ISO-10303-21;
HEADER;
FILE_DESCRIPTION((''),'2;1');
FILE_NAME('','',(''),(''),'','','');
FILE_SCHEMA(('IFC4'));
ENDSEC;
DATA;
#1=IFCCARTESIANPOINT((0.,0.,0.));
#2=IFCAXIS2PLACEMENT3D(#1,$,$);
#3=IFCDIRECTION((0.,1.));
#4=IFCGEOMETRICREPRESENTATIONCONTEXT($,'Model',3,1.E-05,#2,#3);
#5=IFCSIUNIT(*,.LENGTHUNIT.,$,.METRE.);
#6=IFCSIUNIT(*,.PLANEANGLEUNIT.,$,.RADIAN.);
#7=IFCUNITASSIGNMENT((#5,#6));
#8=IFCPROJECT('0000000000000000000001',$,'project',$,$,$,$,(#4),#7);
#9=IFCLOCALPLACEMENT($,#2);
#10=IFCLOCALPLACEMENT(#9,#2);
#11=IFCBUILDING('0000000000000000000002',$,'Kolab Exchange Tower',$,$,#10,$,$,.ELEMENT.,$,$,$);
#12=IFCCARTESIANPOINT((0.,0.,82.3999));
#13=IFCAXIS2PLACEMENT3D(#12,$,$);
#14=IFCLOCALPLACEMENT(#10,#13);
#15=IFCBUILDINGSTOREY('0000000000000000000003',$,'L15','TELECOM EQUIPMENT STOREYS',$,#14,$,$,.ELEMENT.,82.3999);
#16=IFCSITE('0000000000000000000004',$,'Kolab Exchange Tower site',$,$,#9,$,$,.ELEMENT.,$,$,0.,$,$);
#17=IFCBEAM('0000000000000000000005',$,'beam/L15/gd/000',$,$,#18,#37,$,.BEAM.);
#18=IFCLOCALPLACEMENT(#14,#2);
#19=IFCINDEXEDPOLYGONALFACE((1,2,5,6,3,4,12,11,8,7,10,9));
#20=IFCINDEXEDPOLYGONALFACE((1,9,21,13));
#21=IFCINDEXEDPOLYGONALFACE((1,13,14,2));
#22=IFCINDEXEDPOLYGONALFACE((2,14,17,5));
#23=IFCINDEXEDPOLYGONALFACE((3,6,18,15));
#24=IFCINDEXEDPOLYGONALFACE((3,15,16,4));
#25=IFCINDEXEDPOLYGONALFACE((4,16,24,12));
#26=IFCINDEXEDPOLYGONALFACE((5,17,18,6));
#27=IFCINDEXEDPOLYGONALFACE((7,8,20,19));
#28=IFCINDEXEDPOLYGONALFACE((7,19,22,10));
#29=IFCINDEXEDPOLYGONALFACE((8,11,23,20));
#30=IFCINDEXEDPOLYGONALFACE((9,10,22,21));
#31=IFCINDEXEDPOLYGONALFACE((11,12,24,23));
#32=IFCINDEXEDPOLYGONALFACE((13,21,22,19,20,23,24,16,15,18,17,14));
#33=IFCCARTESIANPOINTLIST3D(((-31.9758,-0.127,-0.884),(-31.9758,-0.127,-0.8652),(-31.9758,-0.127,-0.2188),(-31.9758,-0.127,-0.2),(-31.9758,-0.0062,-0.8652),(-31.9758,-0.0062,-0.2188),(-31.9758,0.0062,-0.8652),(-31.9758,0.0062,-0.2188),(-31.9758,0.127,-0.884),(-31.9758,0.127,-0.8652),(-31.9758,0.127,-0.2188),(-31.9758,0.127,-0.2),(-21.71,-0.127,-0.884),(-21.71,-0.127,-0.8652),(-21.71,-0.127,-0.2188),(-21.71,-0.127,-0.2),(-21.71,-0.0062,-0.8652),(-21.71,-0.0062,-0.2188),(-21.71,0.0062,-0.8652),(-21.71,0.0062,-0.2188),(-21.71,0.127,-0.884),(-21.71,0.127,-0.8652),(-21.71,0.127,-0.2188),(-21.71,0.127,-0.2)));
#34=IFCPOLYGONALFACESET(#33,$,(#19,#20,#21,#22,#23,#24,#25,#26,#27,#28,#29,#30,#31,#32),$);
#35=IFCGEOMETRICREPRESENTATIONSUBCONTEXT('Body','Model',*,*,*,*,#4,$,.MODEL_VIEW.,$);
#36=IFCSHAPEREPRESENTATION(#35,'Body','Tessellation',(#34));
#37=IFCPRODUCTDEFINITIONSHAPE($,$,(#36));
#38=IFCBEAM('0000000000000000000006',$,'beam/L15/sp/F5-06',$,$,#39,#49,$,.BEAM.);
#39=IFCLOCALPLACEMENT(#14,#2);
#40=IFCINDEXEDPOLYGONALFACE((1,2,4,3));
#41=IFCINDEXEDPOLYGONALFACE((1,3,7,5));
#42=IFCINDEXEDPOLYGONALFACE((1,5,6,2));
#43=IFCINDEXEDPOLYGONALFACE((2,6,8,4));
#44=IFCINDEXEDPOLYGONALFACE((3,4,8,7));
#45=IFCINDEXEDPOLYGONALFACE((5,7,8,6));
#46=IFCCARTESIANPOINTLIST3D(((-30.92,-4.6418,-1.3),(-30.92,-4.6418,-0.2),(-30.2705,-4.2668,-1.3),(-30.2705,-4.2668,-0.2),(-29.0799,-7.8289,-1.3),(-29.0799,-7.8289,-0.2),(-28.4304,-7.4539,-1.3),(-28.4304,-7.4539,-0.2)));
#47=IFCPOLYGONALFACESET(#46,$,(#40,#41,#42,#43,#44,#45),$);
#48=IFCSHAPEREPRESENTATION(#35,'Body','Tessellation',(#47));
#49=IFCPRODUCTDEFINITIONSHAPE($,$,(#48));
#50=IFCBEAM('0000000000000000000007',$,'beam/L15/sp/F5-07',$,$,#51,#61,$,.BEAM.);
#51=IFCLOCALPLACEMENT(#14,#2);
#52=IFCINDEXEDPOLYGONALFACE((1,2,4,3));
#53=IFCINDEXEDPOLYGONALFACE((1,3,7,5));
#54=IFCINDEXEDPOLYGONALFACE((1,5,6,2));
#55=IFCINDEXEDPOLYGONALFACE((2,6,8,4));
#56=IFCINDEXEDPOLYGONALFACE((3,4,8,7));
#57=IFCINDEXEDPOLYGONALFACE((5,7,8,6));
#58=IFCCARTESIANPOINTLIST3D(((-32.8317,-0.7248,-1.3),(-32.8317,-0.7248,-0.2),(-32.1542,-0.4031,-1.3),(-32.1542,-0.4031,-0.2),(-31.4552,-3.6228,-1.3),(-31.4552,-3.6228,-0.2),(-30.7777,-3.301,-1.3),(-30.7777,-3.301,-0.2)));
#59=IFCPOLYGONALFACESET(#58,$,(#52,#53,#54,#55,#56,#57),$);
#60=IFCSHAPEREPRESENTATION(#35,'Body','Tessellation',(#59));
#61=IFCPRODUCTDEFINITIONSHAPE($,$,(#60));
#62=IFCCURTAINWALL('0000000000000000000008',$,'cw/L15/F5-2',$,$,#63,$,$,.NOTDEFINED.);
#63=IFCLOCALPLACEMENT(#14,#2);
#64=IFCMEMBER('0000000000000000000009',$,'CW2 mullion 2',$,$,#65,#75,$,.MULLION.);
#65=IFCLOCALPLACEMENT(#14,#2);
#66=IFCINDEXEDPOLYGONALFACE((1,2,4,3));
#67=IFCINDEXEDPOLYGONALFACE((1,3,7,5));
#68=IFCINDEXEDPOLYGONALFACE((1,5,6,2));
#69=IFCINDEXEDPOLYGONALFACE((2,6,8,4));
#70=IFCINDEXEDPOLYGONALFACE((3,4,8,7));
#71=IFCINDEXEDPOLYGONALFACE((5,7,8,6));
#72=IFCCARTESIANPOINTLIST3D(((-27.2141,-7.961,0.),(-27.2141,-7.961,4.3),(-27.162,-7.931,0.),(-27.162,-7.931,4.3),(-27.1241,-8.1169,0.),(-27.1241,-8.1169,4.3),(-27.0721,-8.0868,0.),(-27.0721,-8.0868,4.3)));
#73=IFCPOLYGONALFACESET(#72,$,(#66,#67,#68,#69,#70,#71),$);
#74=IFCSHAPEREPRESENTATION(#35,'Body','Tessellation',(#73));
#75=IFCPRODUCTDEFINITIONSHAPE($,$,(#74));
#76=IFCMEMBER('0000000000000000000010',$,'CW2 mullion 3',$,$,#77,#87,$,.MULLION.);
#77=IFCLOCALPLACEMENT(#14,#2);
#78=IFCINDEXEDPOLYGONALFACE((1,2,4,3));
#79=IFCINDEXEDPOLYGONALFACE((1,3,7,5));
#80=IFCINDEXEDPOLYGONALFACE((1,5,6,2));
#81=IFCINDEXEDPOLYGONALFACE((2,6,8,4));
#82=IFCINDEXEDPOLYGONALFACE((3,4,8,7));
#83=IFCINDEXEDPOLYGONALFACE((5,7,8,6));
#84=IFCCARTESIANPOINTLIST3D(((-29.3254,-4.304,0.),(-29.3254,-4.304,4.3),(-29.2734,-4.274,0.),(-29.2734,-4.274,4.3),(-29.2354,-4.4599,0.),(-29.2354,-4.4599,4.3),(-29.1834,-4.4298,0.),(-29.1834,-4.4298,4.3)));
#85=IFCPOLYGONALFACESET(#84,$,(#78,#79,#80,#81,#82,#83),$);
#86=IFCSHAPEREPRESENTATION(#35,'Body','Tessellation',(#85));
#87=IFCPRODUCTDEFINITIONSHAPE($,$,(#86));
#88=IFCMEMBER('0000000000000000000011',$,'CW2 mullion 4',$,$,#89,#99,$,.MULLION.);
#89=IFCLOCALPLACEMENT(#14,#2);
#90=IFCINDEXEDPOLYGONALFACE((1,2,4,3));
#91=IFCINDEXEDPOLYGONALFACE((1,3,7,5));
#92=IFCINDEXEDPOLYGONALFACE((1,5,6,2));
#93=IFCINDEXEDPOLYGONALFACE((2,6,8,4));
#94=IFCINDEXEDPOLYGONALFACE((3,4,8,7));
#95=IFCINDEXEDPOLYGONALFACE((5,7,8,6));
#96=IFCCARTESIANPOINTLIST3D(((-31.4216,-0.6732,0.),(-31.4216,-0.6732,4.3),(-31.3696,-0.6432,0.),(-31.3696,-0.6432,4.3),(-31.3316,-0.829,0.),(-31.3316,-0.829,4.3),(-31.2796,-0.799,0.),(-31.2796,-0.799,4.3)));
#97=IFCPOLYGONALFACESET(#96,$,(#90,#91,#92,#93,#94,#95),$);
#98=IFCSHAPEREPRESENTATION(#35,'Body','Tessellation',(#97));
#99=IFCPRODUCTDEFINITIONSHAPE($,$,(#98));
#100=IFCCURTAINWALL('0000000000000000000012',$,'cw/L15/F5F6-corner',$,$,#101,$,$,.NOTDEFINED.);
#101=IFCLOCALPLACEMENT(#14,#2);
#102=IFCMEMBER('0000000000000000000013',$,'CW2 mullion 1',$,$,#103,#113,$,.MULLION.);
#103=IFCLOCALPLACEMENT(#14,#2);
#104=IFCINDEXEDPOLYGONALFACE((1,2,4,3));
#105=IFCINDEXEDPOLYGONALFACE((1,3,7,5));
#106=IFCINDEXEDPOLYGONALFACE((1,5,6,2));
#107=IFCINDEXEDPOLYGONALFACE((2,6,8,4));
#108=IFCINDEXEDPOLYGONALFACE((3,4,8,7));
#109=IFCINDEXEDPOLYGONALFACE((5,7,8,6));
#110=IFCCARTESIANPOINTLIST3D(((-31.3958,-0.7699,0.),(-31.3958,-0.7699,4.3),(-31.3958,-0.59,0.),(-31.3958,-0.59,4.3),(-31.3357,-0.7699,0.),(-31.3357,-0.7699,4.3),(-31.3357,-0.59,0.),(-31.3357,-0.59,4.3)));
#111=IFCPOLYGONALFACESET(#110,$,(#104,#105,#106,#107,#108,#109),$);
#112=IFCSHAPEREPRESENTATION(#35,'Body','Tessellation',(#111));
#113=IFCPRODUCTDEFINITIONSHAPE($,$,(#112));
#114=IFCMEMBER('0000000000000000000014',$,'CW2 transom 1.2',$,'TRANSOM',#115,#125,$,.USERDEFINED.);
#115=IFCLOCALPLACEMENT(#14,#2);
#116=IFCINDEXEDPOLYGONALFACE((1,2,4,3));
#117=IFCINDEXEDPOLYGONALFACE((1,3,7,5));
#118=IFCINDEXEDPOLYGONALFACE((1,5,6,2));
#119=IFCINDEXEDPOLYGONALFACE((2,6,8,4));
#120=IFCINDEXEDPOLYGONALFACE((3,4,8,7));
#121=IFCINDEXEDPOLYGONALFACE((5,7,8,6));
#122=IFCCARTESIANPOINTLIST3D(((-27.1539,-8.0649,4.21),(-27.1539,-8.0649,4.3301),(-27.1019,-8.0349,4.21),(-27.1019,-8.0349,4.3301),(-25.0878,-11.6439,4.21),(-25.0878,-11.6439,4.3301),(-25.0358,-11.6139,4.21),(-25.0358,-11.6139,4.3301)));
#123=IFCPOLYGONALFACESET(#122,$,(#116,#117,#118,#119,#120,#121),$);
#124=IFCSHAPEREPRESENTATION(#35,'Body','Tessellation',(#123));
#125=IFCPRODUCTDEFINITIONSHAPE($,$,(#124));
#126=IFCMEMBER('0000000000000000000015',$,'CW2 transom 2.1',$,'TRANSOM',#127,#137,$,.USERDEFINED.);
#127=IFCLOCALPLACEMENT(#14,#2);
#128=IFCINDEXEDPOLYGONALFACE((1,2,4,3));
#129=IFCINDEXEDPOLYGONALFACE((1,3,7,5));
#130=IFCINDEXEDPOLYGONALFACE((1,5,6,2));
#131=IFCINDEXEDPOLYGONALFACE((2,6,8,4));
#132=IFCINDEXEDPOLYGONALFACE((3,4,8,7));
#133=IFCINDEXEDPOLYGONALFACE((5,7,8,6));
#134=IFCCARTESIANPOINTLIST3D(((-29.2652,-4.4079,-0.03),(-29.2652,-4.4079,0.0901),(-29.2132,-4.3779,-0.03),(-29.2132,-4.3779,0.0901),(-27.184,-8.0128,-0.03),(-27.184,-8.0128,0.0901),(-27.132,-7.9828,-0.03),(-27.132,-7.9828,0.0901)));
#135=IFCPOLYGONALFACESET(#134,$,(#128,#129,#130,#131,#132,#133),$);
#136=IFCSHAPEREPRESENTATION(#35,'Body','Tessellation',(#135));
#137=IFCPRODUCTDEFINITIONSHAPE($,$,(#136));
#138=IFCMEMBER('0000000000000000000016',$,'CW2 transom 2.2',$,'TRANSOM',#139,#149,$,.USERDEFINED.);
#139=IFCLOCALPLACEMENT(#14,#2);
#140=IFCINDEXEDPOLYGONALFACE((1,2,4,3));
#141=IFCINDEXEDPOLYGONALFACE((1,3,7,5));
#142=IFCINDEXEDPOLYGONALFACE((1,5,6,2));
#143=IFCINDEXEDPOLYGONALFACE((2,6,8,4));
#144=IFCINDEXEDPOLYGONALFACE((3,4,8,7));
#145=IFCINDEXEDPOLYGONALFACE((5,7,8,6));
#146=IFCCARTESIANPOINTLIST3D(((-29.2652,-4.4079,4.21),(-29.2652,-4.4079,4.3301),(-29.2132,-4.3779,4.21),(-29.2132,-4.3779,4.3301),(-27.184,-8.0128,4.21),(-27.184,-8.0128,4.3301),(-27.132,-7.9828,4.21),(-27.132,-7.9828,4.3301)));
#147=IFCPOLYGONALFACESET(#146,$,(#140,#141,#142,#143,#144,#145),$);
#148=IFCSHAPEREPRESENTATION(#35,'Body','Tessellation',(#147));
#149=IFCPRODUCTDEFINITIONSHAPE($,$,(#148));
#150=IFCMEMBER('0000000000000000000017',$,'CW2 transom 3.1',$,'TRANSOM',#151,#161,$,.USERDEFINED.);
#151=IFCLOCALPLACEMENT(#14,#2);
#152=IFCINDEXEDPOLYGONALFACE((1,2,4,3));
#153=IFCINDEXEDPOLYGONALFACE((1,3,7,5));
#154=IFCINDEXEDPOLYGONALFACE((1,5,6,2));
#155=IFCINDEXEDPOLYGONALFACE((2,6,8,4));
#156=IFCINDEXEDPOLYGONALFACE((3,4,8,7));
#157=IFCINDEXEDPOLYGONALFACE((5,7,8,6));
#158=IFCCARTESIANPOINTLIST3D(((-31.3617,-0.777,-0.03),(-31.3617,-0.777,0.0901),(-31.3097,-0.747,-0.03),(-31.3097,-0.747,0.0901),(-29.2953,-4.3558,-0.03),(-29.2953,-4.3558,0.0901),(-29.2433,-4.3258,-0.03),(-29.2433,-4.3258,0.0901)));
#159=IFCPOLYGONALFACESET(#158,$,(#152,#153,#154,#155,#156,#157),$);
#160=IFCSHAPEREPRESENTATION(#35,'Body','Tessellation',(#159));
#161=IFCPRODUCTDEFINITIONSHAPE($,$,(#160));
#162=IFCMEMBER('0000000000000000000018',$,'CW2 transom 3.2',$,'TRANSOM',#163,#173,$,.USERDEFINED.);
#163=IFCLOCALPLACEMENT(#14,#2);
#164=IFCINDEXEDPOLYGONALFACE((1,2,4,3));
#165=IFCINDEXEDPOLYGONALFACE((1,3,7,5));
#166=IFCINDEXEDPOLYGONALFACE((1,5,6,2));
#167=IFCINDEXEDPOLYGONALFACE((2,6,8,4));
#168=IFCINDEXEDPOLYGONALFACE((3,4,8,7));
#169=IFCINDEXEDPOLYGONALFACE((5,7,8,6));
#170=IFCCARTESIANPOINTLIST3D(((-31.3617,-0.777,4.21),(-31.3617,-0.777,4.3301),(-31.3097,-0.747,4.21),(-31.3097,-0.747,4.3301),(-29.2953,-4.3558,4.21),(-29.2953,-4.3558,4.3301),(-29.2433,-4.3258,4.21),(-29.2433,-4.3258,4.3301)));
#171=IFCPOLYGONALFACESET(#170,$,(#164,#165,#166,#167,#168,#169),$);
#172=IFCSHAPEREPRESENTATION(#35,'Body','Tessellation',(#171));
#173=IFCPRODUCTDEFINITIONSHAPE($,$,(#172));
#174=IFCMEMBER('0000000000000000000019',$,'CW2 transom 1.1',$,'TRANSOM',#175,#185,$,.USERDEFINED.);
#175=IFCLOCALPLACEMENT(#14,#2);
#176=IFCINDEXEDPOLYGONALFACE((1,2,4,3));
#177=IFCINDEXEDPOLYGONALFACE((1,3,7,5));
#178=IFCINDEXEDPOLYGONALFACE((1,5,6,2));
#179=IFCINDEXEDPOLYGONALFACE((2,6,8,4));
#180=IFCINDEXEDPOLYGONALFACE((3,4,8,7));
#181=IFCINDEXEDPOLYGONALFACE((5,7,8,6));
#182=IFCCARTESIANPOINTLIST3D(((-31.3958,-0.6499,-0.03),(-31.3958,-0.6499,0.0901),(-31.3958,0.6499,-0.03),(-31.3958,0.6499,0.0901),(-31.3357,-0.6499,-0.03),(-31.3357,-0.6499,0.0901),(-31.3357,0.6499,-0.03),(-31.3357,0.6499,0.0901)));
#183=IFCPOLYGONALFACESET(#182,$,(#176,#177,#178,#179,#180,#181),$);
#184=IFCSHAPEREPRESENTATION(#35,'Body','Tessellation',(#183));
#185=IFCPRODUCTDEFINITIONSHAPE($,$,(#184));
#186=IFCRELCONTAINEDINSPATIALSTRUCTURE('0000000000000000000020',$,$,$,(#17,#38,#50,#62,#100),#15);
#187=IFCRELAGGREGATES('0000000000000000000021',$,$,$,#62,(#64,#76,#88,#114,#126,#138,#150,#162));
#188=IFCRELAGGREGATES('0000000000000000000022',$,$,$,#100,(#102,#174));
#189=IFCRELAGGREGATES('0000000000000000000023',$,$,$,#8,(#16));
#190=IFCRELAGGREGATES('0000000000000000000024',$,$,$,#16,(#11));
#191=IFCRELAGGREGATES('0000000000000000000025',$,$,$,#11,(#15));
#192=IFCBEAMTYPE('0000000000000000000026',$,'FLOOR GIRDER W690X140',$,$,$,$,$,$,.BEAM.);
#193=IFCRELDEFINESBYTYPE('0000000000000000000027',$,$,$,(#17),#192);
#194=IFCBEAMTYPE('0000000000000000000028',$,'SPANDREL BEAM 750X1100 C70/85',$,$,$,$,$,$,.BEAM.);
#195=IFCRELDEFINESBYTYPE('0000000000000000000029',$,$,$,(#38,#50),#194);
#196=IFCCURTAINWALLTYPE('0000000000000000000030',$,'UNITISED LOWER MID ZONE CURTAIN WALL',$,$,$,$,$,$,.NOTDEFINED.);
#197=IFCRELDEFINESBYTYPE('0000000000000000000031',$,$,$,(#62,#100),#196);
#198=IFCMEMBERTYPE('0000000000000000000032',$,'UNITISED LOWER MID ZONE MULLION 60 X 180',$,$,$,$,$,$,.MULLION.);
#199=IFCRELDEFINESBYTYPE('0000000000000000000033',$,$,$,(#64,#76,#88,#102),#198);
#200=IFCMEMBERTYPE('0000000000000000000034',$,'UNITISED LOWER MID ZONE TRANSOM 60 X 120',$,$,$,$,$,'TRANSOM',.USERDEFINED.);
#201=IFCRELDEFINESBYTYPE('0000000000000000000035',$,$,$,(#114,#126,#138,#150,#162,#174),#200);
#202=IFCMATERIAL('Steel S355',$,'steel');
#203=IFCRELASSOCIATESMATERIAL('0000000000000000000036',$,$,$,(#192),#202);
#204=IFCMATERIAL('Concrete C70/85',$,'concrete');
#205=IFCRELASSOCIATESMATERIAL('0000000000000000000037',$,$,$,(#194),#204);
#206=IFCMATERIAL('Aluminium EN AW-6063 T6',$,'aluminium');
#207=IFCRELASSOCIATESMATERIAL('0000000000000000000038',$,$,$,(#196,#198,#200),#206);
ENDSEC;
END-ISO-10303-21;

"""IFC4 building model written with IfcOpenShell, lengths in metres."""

from ifc_helpers import new_model, si_unit, direction, frame, origin, origin_2d, place, context, subcontext, project, spatial, rectangle, i_section, extrude, material, material_profile, profile_set, type_object, element, aggregate, save


model = new_model("IFC4")

# Units and contexts
model_context = context("Model", 3, precision=1e-05, world=origin(), true_north=direction((0.0, 1.0)))
body_context = subcontext(model_context, "Body", "Model", "MODEL_VIEW")
ifc_project = project(units=[si_unit("LENGTHUNIT", "METRE"), si_unit("PLANEANGLEUNIT", "RADIAN")], contexts=[model_context])

# Site, building, storey
site_placement = place(None, origin())
site = spatial("IfcSite", under=ifc_project, at=site_placement, Name="Kolab Exchange Tower site", CompositionType="ELEMENT", RefElevation=0.0)
building_placement = place(site_placement, origin())
building = spatial("IfcBuilding", under=site, at=building_placement, Name="Kolab Exchange Tower", CompositionType="ELEMENT")
storey_placement = place(building_placement, frame((0.0, 0.0, 82.3999)))
storey = spatial("IfcBuildingStorey", under=building, at=storey_placement, Name="L15", Description="TELECOM EQUIPMENT STOREYS", CompositionType="ELEMENT", Elevation=82.3999)

# Shared definitions
ifc_material_1 = material(Name="Concrete C70/85", Category="concrete")

# Beams
ifc_material_2 = material(Name="Steel S355", Category="steel")
ifc_material_profile_1 = material_profile(ifc_material_2, i_section(OverallWidth=0.2539, OverallDepth=0.6841, WebThickness=0.0125, FlangeThickness=0.0188, at=origin_2d()), Name="W690X140")
ifc_profile_set_1 = profile_set([ifc_material_profile_1], Name="Steel S355")
beam_type_1 = type_object("IfcBeamType", Name="FLOOR GIRDER W690X140", PredefinedType="BEAM", material=ifc_profile_set_1)
beam_1_placement = place(storey_placement, frame((-31.9758, 0.0, -0.542), z_axis=(1.0, 0.0, 0.0), x_axis=(0.0, 1.0, 0.0)))
element("IfcBeam", 1, at=beam_1_placement, inside=storey, type_object=beam_type_1, Name="beam/L15/gd/000", PredefinedType="BEAM", context=body_context, shape_type="SweptSolid", body=[
    extrude(i_section(OverallWidth=0.2539, OverallDepth=0.6841, WebThickness=0.0125, FlangeThickness=0.0188, at=origin_2d()), origin(), (0.0, 0.0, 1.0), 10.2659),
])
ifc_material_profile_2 = material_profile(ifc_material_1, rectangle(XDim=0.75, YDim=1.1001, at=origin_2d()), Name="RC750X1100")
ifc_profile_set_2 = profile_set([ifc_material_profile_2], Name="Concrete C70/85")
beam_type_2 = type_object("IfcBeamType", Name="SPANDREL BEAM 750X1100 C70/85", PredefinedType="BEAM", material=ifc_profile_set_2)
beam_2_placement = place(storey_placement, frame((-28.7551, -7.6414, -0.75), z_axis=(-0.500013, 0.866018, 0.0), x_axis=(-0.866018, -0.500013, 0.0)))
element("IfcBeam", 2, at=beam_2_placement, inside=storey, type_object=beam_type_2, Name="beam/L15/sp/F5-06", PredefinedType="BEAM", context=body_context, shape_type="SweptSolid", body=[
    extrude(rectangle(XDim=0.75, YDim=1.1001, at=origin_2d()), origin(), (0.0, 0.0, 1.0), 3.6802),
])
beam_3_placement = place(storey_placement, frame((-31.1165, -3.4619, -0.75), z_axis=(-0.429041, 0.903285, 0.0), x_axis=(-0.903285, -0.429041, 0.0)))
element("IfcBeam", 3, at=beam_3_placement, inside=storey, type_object=beam_type_2, Name="beam/L15/sp/F5-07", PredefinedType="BEAM", context=body_context, shape_type="SweptSolid", body=[
    extrude(rectangle(XDim=0.75, YDim=1.1001, at=origin_2d()), origin(), (0.0, 0.0, 1.0), 3.2083),
])

# Curtain wall, members
ifc_material_3 = material(Name="Aluminium EN AW-6063 T6", Category="aluminium")
curtain_wall_type = type_object("IfcCurtainWallType", Name="UNITISED LOWER MID ZONE CURTAIN WALL", PredefinedType="NOTDEFINED", material=ifc_material_3)
curtain_wall_1_placement = place(storey_placement, origin())
curtain_wall_1 = element("IfcCurtainWall", 4, at=curtain_wall_1_placement, inside=storey, type_object=curtain_wall_type, Name="cw/L15/F5-2", PredefinedType="NOTDEFINED")
ifc_material_profile_3 = material_profile(ifc_material_3, rectangle(XDim=0.0601, YDim=0.1799, at=origin_2d()), Name="RECT 60X180")
ifc_profile_set_3 = profile_set([ifc_material_profile_3], Name="Aluminium EN AW-6063 T6")
member_type_1 = type_object("IfcMemberType", Name="UNITISED LOWER MID ZONE MULLION 60 X 180", PredefinedType="MULLION", material=ifc_profile_set_3)
member_1_placement = place(storey_placement, frame((-27.1431, -8.0239, 0.0), z_axis=(0.0, 0.0, 1.0), x_axis=(-0.866025, -0.5, 0.0)))
member_1 = element("IfcMember", 5, at=member_1_placement, type_object=member_type_1, Name="CW2 mullion 2", PredefinedType="MULLION", context=body_context, shape_type="SweptSolid", body=[
    extrude(rectangle(XDim=0.0601, YDim=0.1799, at=origin_2d()), origin(), (0.0, 0.0, 1.0), 4.3),
])
member_2_placement = place(storey_placement, frame((-29.2544, -4.3669, 0.0), z_axis=(0.0, 0.0, 1.0), x_axis=(-0.866025, -0.5, 0.0)))
member_2 = element("IfcMember", 6, at=member_2_placement, type_object=member_type_1, Name="CW2 mullion 3", PredefinedType="MULLION", context=body_context, shape_type="SweptSolid", body=[
    extrude(rectangle(XDim=0.0601, YDim=0.1799, at=origin_2d()), origin(), (0.0, 0.0, 1.0), 4.3),
])
member_3_placement = place(storey_placement, frame((-31.3506, -0.7361, 0.0), z_axis=(0.0, 0.0, 1.0), x_axis=(-0.866025, -0.5, 0.0)))
member_3 = element("IfcMember", 7, at=member_3_placement, type_object=member_type_1, Name="CW2 mullion 4", PredefinedType="MULLION", context=body_context, shape_type="SweptSolid", body=[
    extrude(rectangle(XDim=0.0601, YDim=0.1799, at=origin_2d()), origin(), (0.0, 0.0, 1.0), 4.3),
])

# Curtain wall, member
curtain_wall_2_placement = place(storey_placement, origin())
curtain_wall_2 = element("IfcCurtainWall", 8, at=curtain_wall_2_placement, inside=storey, type_object=curtain_wall_type, Name="cw/L15/F5F6-corner", PredefinedType="NOTDEFINED")
member_4_placement = place(storey_placement, frame((-31.3657, -0.6799, 0.0), z_axis=(0.0, 0.0, 1.0), x_axis=(-1.0, 0.0, 0.0)))
member_4 = element("IfcMember", 9, at=member_4_placement, type_object=member_type_1, Name="CW2 mullion 1", PredefinedType="MULLION", context=body_context, shape_type="SweptSolid", body=[
    extrude(rectangle(XDim=0.0601, YDim=0.1799, at=origin_2d()), origin(), (0.0, 0.0, 1.0), 4.3),
])

# Members
ifc_material_profile_4 = material_profile(ifc_material_3, rectangle(XDim=0.0601, YDim=0.1201, at=origin_2d()), Name="RECT 60X120")
ifc_profile_set_4 = profile_set([ifc_material_profile_4], Name="Aluminium EN AW-6063 T6")
member_type_2 = type_object("IfcMemberType", Name="UNITISED LOWER MID ZONE TRANSOM 60 X 120", ElementType="TRANSOM", PredefinedType="USERDEFINED", material=ifc_profile_set_4)
member_5_placement = place(storey_placement, frame((-25.0618, -11.6289, 4.27), z_axis=(-0.499958, 0.86605, 0.0), x_axis=(-0.86605, -0.499958, 0.0)))
member_5 = element("IfcMember", 10, at=member_5_placement, type_object=member_type_2, Name="CW2 transom 1.2", ObjectType="TRANSOM", PredefinedType="USERDEFINED", context=body_context, shape_type="SweptSolid", body=[
    extrude(rectangle(XDim=0.0601, YDim=0.1201, at=origin_2d()), origin(), (0.0, 0.0, 1.0), 4.1326),
])
member_6_placement = place(storey_placement, frame((-27.158, -7.9978, 0.03), z_axis=(-0.499993, 0.866029, 0.0), x_axis=(-0.866029, -0.499993, 0.0)))
member_6 = element("IfcMember", 11, at=member_6_placement, type_object=member_type_2, Name="CW2 transom 2.1", ObjectType="TRANSOM", PredefinedType="USERDEFINED", context=body_context, shape_type="SweptSolid", body=[
    extrude(rectangle(XDim=0.0601, YDim=0.1201, at=origin_2d()), origin(), (0.0, 0.0, 1.0), 4.1626),
])
member_7_placement = place(storey_placement, frame((-27.158, -7.9978, 4.27), z_axis=(-0.499993, 0.866029, 0.0), x_axis=(-0.866029, -0.499993, 0.0)))
member_7 = element("IfcMember", 12, at=member_7_placement, type_object=member_type_2, Name="CW2 transom 2.2", ObjectType="TRANSOM", PredefinedType="USERDEFINED", context=body_context, shape_type="SweptSolid", body=[
    extrude(rectangle(XDim=0.0601, YDim=0.1201, at=origin_2d()), origin(), (0.0, 0.0, 1.0), 4.1626),
])
member_8_placement = place(storey_placement, frame((-29.2693, -4.3408, 0.03), z_axis=(-0.500028, 0.866009, 0.0), x_axis=(-0.866009, -0.500028, 0.0)))
member_8 = element("IfcMember", 13, at=member_8_placement, type_object=member_type_2, Name="CW2 transom 3.1", ObjectType="TRANSOM", PredefinedType="USERDEFINED", context=body_context, shape_type="SweptSolid", body=[
    extrude(rectangle(XDim=0.0601, YDim=0.1201, at=origin_2d()), origin(), (0.0, 0.0, 1.0), 4.1326),
])
member_9_placement = place(storey_placement, frame((-29.2693, -4.3408, 4.27), z_axis=(-0.500028, 0.866009, 0.0), x_axis=(-0.866009, -0.500028, 0.0)))
member_9 = element("IfcMember", 14, at=member_9_placement, type_object=member_type_2, Name="CW2 transom 3.2", ObjectType="TRANSOM", PredefinedType="USERDEFINED", context=body_context, shape_type="SweptSolid", body=[
    extrude(rectangle(XDim=0.0601, YDim=0.1201, at=origin_2d()), origin(), (0.0, 0.0, 1.0), 4.1326),
])
member_10_placement = place(storey_placement, frame((-31.3657, -0.6499, 0.03), z_axis=(0.0, 1.0, 0.0), x_axis=(-1.0, 0.0, 0.0)))
member_10 = element("IfcMember", 15, at=member_10_placement, type_object=member_type_2, Name="CW2 transom 1.1", ObjectType="TRANSOM", PredefinedType="USERDEFINED", context=body_context, shape_type="SweptSolid", body=[
    extrude(rectangle(XDim=0.0601, YDim=0.1201, at=origin_2d()), origin(), (0.0, 0.0, 1.0), 1.2998),
])

aggregate(curtain_wall_1, [member_1, member_2, member_3, member_5, member_6, member_7, member_8, member_9])
aggregate(curtain_wall_2, [member_4, member_10])

save(model, "model.ifc")
